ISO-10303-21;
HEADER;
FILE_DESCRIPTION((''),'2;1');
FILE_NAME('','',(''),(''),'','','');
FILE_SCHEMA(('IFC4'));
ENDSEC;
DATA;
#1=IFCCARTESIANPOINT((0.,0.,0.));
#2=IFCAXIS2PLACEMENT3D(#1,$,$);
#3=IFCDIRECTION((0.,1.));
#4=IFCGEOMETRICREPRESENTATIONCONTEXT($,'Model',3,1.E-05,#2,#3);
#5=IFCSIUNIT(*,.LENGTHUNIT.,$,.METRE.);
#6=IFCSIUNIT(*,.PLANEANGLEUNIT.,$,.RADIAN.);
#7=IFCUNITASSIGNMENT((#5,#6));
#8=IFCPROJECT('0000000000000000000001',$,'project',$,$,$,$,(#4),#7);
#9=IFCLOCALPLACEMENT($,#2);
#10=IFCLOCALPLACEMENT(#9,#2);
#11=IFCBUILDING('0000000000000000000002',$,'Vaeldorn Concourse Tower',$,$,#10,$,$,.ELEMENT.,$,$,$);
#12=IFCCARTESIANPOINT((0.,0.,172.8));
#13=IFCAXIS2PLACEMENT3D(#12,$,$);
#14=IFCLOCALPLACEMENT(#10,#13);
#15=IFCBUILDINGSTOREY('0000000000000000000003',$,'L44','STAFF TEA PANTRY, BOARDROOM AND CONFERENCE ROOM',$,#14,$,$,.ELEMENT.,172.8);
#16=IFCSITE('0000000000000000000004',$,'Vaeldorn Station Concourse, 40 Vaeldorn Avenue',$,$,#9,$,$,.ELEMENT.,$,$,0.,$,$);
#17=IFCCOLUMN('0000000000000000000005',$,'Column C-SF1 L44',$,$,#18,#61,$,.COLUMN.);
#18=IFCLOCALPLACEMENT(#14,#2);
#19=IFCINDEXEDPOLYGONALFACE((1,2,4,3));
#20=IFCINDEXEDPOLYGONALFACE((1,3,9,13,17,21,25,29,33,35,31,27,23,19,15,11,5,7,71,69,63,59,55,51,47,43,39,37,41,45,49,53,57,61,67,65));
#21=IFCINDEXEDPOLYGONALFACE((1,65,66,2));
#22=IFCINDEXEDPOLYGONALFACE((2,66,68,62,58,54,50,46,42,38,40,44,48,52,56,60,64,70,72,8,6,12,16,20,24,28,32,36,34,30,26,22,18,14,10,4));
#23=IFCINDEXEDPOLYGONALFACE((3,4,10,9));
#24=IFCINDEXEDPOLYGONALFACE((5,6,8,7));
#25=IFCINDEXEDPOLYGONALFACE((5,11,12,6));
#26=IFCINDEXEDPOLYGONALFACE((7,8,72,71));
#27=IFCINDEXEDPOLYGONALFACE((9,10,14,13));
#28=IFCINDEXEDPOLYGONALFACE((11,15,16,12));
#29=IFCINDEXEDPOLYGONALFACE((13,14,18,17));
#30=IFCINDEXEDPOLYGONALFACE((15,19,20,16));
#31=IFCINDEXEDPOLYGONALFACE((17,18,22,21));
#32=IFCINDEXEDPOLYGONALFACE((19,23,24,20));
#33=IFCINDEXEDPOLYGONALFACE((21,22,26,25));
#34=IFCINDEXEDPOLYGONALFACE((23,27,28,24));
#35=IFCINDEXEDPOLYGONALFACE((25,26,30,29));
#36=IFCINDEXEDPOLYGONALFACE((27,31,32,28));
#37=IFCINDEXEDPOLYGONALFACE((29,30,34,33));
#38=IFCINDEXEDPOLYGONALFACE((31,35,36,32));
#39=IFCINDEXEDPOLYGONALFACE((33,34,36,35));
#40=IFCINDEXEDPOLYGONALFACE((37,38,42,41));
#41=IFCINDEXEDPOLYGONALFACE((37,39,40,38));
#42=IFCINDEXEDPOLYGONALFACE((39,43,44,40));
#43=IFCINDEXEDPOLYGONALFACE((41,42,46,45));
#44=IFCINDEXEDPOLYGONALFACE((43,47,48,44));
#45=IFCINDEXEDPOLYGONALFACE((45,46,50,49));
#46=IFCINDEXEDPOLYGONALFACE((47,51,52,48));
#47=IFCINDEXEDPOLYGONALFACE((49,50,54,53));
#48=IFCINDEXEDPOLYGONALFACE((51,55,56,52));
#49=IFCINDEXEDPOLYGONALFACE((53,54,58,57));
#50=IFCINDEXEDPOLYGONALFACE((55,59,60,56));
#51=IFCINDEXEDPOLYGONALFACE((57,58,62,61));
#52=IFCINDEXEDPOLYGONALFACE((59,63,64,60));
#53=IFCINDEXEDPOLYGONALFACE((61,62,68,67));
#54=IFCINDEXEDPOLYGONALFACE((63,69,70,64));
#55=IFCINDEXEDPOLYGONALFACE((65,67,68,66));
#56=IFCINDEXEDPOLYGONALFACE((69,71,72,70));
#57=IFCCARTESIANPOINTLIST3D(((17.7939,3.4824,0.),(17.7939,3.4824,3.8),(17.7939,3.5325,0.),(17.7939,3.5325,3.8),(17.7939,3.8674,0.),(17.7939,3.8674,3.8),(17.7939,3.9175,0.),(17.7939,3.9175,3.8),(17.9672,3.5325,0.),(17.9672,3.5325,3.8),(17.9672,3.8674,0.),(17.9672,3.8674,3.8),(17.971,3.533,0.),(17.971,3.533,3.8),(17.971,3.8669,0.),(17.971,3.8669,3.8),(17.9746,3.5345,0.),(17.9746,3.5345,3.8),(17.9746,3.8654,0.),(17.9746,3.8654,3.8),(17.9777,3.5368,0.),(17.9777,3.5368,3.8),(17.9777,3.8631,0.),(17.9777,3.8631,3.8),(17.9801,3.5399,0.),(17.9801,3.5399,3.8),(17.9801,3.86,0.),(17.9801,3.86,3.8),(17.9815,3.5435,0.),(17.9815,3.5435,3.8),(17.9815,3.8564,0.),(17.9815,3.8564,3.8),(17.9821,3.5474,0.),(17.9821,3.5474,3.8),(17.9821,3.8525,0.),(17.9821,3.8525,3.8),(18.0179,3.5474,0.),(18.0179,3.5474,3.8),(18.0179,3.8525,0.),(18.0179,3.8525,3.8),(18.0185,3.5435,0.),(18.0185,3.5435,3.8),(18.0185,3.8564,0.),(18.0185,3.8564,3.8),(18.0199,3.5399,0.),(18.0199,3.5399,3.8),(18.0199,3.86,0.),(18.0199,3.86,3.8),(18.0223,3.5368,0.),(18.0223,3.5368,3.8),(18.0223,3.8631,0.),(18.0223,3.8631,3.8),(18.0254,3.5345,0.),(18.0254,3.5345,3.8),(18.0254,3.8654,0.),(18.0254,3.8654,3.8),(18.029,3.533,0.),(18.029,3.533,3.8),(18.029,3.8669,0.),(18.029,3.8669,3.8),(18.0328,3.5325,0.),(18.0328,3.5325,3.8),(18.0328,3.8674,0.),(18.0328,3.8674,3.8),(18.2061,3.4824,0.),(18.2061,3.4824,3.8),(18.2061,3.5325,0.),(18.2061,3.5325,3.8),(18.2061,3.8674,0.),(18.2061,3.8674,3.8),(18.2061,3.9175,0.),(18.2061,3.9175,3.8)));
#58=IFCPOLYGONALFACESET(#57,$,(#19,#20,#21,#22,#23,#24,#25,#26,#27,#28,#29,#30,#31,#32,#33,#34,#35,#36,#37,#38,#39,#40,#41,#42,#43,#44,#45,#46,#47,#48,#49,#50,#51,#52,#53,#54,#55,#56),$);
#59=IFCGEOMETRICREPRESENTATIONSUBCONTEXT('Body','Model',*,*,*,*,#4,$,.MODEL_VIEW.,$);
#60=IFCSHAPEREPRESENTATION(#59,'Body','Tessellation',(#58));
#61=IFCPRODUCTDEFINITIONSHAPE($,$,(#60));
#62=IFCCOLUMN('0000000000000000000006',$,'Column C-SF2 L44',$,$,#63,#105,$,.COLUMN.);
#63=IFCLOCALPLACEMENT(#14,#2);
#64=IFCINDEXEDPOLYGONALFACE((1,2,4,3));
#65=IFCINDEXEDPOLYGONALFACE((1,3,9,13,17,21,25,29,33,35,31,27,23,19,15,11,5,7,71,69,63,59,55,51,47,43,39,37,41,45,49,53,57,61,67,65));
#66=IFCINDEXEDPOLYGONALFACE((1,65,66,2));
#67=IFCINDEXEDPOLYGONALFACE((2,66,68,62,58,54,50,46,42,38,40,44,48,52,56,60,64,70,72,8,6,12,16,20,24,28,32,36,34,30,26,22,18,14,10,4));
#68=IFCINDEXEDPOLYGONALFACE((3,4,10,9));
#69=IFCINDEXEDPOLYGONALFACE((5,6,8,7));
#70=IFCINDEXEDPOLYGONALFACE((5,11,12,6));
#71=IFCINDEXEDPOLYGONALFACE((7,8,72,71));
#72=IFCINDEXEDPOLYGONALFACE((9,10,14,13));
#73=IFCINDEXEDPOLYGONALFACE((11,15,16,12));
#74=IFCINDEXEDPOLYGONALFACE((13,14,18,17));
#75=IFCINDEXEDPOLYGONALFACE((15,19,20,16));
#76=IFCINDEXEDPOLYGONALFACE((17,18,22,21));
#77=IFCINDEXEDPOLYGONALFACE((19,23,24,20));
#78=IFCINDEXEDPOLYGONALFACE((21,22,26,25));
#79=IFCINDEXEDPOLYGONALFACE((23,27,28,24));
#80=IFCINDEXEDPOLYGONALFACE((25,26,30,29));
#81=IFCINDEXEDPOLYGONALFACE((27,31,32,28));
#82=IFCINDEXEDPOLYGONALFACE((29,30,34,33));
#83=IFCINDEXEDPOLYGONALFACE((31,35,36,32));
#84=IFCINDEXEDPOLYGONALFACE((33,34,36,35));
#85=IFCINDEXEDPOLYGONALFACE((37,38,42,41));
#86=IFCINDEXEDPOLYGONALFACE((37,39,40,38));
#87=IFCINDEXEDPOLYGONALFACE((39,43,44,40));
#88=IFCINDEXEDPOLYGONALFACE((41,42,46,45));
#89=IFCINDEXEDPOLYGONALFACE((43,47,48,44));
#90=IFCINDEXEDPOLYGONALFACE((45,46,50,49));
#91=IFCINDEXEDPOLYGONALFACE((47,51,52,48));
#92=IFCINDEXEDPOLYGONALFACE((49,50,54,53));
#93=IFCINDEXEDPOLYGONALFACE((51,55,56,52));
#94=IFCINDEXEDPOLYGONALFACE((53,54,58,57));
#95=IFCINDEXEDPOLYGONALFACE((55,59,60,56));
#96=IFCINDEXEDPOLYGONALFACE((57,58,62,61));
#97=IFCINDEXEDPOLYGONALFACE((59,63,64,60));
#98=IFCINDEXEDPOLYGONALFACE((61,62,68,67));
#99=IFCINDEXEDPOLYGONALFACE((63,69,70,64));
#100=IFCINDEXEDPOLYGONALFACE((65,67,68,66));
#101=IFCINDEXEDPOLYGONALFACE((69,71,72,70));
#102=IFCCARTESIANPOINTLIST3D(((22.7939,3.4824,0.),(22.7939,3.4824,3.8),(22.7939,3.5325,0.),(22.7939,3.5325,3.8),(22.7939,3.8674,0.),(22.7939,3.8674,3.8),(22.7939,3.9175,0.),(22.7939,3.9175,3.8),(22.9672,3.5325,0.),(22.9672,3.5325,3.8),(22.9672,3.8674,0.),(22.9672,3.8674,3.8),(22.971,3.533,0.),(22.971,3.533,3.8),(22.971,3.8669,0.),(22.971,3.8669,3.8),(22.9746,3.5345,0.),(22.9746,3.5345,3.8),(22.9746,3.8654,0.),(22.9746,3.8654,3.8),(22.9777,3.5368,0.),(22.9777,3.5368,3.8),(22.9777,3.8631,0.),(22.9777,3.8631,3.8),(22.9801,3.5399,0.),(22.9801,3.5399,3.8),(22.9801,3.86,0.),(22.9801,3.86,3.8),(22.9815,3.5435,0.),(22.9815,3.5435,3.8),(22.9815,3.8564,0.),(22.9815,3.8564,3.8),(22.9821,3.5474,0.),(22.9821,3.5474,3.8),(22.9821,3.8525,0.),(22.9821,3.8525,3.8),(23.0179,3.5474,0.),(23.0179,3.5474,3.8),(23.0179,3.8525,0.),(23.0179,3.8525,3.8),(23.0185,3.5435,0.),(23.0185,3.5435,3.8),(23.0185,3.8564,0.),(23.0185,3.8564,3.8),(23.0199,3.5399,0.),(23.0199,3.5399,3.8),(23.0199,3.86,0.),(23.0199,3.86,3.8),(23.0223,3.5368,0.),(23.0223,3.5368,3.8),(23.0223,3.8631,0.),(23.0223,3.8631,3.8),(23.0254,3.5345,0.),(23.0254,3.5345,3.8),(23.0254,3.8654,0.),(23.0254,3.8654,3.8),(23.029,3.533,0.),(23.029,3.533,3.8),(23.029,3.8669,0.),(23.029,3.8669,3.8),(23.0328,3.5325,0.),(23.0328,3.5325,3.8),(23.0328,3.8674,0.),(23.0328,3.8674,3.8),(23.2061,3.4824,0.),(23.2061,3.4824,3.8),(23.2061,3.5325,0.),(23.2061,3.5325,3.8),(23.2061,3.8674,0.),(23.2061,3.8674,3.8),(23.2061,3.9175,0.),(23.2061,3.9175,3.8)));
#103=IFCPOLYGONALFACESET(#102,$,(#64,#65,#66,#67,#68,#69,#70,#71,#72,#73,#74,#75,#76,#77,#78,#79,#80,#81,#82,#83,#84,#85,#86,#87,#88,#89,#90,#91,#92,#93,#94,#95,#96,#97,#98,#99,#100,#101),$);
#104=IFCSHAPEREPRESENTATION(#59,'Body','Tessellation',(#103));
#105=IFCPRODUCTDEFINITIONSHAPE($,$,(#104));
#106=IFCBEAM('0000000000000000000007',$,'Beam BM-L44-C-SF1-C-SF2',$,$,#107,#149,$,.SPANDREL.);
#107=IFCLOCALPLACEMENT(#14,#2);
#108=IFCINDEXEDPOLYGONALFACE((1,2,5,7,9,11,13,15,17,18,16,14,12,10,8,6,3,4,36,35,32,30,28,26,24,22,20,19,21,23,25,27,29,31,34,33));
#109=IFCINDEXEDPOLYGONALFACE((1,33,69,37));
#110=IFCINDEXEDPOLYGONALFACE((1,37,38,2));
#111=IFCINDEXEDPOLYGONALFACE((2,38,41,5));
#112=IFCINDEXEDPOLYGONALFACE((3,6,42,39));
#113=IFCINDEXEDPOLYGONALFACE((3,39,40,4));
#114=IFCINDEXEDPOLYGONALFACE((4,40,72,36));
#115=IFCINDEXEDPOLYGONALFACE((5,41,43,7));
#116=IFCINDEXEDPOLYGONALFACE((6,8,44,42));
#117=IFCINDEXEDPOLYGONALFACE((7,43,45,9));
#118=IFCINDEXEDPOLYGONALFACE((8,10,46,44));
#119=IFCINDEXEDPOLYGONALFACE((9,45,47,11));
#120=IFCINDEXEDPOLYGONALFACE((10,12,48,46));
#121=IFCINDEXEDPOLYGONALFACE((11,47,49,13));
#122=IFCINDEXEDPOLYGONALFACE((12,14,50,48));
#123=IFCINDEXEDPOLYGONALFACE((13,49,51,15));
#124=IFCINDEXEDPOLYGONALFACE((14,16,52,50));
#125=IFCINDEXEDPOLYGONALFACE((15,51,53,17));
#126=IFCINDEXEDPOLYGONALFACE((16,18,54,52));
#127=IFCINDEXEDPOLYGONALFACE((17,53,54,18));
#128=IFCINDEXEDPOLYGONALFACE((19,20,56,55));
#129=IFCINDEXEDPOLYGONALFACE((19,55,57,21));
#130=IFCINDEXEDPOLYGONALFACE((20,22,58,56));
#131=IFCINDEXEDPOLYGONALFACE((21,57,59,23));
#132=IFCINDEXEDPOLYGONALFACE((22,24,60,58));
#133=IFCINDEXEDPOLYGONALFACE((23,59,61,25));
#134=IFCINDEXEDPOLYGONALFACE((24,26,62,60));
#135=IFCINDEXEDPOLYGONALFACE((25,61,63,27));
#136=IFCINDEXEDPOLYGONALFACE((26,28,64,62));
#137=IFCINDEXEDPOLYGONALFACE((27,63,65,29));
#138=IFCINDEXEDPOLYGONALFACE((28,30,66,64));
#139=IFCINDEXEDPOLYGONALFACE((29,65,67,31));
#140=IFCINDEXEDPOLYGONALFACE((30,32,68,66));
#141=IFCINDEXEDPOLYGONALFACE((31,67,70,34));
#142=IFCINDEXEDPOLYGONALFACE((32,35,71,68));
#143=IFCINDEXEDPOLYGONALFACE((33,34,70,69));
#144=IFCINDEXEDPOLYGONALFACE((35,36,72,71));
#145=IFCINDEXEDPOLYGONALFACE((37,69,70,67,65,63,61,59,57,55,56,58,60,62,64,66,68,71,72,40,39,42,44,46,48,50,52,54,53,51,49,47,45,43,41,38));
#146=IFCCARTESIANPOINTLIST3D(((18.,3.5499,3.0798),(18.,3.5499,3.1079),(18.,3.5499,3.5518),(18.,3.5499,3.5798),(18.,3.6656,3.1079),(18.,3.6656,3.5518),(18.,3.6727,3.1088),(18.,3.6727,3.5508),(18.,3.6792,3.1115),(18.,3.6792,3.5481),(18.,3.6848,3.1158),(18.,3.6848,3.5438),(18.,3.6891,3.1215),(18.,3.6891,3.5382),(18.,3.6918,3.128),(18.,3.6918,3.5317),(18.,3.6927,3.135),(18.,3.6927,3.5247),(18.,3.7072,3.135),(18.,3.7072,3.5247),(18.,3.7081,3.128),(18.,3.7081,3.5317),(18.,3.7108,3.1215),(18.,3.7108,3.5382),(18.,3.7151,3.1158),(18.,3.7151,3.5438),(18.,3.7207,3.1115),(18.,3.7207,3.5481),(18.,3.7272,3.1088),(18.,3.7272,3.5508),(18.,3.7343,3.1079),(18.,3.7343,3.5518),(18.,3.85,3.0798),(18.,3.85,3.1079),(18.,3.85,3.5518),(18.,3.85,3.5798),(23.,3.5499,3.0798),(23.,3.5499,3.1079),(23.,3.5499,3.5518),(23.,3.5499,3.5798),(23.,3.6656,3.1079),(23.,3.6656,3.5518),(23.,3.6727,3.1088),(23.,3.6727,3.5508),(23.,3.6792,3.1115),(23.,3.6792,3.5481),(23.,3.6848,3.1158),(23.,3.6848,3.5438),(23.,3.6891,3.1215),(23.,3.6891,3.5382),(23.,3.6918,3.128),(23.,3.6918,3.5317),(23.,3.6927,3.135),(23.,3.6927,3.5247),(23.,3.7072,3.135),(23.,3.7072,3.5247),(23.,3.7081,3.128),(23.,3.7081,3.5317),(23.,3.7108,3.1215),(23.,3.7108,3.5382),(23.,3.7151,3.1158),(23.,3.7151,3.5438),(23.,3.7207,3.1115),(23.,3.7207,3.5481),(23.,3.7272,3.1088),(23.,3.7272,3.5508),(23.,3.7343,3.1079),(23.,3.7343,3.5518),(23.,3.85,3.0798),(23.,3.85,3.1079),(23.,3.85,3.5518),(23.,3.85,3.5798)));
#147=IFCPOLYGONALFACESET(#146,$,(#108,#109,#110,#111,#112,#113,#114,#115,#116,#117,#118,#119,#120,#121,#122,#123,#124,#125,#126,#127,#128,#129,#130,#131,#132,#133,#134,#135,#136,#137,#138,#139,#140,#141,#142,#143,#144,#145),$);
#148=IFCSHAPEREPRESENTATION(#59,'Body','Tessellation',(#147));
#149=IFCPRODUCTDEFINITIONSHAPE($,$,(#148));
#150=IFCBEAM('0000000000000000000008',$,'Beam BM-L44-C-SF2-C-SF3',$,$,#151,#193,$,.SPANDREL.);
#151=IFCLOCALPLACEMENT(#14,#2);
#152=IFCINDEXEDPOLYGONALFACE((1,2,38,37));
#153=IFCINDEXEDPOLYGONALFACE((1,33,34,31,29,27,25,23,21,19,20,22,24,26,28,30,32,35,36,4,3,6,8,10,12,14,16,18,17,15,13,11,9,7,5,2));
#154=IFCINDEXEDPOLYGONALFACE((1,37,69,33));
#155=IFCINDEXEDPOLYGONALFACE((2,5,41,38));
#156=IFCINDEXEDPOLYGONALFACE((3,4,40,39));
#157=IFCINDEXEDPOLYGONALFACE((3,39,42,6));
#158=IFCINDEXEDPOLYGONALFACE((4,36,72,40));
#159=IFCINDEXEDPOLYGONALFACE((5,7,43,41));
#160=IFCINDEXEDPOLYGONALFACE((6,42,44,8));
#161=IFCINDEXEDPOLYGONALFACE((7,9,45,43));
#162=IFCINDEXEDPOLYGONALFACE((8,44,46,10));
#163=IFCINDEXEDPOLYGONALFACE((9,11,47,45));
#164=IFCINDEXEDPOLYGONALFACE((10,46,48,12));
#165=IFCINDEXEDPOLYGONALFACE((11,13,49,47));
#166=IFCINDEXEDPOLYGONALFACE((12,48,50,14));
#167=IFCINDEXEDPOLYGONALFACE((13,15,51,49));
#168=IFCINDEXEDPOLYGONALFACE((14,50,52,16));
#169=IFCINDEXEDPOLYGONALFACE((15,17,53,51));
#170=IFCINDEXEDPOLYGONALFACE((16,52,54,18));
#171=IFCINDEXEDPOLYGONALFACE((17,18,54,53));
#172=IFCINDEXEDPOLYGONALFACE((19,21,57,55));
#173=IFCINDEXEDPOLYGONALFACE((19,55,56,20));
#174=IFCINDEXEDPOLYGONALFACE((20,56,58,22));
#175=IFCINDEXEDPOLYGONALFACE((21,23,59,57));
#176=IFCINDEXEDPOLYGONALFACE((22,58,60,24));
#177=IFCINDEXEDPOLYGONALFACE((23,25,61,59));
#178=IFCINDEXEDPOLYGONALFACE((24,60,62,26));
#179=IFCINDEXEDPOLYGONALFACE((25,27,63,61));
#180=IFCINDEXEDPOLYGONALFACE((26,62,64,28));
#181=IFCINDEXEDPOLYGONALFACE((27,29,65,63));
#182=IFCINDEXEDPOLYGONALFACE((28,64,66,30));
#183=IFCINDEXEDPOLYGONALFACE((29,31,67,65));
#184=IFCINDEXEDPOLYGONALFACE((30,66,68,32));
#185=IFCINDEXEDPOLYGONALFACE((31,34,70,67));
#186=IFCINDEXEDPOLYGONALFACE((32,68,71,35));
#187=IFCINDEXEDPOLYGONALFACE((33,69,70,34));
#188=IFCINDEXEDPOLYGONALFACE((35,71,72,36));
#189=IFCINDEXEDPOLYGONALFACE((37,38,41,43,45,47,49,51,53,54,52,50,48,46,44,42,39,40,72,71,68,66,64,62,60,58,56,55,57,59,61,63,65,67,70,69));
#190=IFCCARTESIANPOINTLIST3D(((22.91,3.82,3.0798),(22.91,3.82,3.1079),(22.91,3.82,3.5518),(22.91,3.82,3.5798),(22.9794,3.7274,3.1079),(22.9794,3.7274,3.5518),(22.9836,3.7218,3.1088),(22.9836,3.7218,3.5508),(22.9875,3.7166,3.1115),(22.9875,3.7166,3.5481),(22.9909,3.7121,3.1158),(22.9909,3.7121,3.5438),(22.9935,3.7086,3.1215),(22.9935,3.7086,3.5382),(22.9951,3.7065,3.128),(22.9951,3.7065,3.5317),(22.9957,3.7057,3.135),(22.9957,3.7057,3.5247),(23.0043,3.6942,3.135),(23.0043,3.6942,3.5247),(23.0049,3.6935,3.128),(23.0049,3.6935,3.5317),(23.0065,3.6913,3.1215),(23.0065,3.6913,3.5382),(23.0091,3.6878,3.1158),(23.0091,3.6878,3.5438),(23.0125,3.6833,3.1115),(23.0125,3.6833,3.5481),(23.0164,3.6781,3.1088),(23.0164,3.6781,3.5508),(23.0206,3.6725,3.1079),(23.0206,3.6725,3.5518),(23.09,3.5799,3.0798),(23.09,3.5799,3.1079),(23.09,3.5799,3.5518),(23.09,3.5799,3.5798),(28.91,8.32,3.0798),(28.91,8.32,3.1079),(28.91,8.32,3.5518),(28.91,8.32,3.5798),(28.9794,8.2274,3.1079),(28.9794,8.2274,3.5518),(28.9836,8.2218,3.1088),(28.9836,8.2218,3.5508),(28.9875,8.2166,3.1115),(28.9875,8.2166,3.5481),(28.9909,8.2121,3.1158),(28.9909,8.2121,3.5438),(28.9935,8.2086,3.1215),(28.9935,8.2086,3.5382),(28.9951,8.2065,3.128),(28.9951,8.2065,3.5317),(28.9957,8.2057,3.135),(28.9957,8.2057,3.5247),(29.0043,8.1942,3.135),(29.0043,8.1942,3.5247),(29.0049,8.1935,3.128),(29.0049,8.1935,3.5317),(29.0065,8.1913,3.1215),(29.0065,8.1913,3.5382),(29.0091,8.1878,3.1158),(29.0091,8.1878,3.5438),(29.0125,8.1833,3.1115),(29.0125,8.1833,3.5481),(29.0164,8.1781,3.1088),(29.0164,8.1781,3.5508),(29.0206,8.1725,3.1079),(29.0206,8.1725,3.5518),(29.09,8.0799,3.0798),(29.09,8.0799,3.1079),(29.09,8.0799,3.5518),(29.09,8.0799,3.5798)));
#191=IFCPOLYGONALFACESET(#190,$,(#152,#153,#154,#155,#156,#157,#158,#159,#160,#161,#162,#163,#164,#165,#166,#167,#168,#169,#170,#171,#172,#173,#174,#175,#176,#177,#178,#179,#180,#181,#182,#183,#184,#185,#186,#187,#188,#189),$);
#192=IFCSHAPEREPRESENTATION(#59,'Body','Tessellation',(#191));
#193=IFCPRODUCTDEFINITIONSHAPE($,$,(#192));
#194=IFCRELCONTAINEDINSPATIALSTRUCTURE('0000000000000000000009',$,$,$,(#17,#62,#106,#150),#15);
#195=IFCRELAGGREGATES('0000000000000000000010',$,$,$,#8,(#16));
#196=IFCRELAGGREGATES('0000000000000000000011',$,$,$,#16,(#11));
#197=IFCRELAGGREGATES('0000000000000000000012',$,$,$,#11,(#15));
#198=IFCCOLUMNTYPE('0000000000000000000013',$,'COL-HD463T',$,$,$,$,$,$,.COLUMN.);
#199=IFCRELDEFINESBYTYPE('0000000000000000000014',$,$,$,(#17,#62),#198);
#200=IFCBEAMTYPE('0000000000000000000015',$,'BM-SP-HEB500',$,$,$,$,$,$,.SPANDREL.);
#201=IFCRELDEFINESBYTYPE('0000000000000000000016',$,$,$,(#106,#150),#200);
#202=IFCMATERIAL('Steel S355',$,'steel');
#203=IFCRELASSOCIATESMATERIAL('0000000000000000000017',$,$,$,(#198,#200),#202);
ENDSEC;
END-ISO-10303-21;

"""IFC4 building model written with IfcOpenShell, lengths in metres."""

from ifc_helpers import new_model, si_unit, direction, frame, origin, origin_2d, place, context, subcontext, project, spatial, i_section, extrude, source, transform, mapped, material, material_profile, profile_set, type_object, element, save


model = new_model("IFC4")

# Units and contexts
model_context = context("Model", 3, precision=1e-05, world=origin(), true_north=direction((0.0, 1.0)))
body_context = subcontext(model_context, "Body", "Model", "MODEL_VIEW")
ifc_project = project(units=[si_unit("LENGTHUNIT", "METRE"), si_unit("PLANEANGLEUNIT", "RADIAN")], contexts=[model_context])

# Site, building, storey
site_placement = place(None, origin())
site = spatial("IfcSite", under=ifc_project, at=site_placement, Name="Vaeldorn Station Concourse, 40 Vaeldorn Avenue", CompositionType="ELEMENT", RefElevation=0.0)
building_placement = place(site_placement, origin())
building = spatial("IfcBuilding", under=site, at=building_placement, Name="Vaeldorn Concourse Tower", CompositionType="ELEMENT")
storey_placement = place(building_placement, frame((0.0, 0.0, 172.8)))
storey = spatial("IfcBuildingStorey", under=building, at=storey_placement, Name="L44", Description="STAFF TEA PANTRY, BOARDROOM AND CONFERENCE ROOM", CompositionType="ELEMENT", Elevation=172.8)

# Columns
ifc_material_1 = material(Name="Steel S355", Category="steel")
ifc_material_profile_1 = material_profile(ifc_material_1, i_section(OverallWidth=0.4121, OverallDepth=0.4351, WebThickness=0.0359, FlangeThickness=0.05, FilletRadius=0.0149, at=origin_2d()), Name="HD 400x463")
ifc_profile_set_1 = profile_set([ifc_material_profile_1], Name="Steel S355")
column_type = type_object("IfcColumnType", Name="COL-HD463T", PredefinedType="COLUMN", material=ifc_profile_set_1)
shared_shape_1 = source(origin(), body_context, "Body", "SweptSolid", [
    extrude(i_section(OverallWidth=0.4121, OverallDepth=0.4351, WebThickness=0.0359, FlangeThickness=0.05, FilletRadius=0.0149, at=origin_2d()), origin(), (0.0, 0.0, 1.0), 3.8),
])
for number, where, z_axis, x_axis, name in (
    (1, (18.0, 3.7, 0.0), (0.0, 0.0, 1.0), (1.0, 0.0, 0.0), "Column C-SF1 L44"),
    (2, (23.0, 3.7, 0.0), (0.0, 0.0, 1.0), (1.0, 0.0, 0.0), "Column C-SF2 L44"),
):
    element("IfcColumn", number, at=place(storey_placement, frame(where, z_axis=z_axis, x_axis=x_axis)), inside=storey, type_object=column_type, Name=name, PredefinedType="COLUMN", context=body_context, shape_type="MappedRepresentation", body=[
        mapped(shared_shape_1, transform((0.0, 0.0, 0.0), scale=1.0)),
    ])

# Beams
ifc_material_profile_2 = material_profile(ifc_material_1, i_section(OverallWidth=0.3, OverallDepth=0.5, WebThickness=0.0144, FlangeThickness=0.0281, FilletRadius=0.0271, at=origin_2d()), Name="HEB 500")
ifc_profile_set_2 = profile_set([ifc_material_profile_2], Name="Steel S355")
beam_type_1 = type_object("IfcBeamType", Name="BM-SP-HEB500", PredefinedType="SPANDREL", material=ifc_profile_set_2)
shared_shape_2 = source(origin(), body_context, "Body", "SweptSolid", [
    extrude(i_section(OverallWidth=0.3, OverallDepth=0.5, WebThickness=0.0144, FlangeThickness=0.0281, FilletRadius=0.0271, at=origin_2d()), origin(), (0.0, 0.0, 1.0), 5.0),
])
beam_1_placement = place(storey_placement, frame((18.0, 3.7, 3.3298), z_axis=(1.0, 0.0, 0.0), x_axis=(0.0, 1.0, 0.0)))
element("IfcBeam", 3, at=beam_1_placement, inside=storey, type_object=beam_type_1, Name="Beam BM-L44-C-SF1-C-SF2", PredefinedType="SPANDREL", context=body_context, shape_type="MappedRepresentation", body=[
    mapped(shared_shape_2, transform((0.0, 0.0, 0.0), scale=1.0)),
])
shared_shape_3 = source(origin(), body_context, "Body", "SweptSolid", [
    extrude(i_section(OverallWidth=0.3, OverallDepth=0.5, WebThickness=0.0144, FlangeThickness=0.0281, FilletRadius=0.0271, at=origin_2d()), origin(), (0.0, 0.0, 1.0), 7.5),
])
beam_2_placement = place(storey_placement, frame((23.0, 3.7, 3.3298), z_axis=(0.8, 0.6, 0.0), x_axis=(-0.6, 0.8, 0.0)))
element("IfcBeam", 4, at=beam_2_placement, inside=storey, type_object=beam_type_1, Name="Beam BM-L44-C-SF2-C-SF3", PredefinedType="SPANDREL", context=body_context, shape_type="MappedRepresentation", body=[
    mapped(shared_shape_3, transform((0.0, 0.0, 0.0), scale=1.0)),
])

save(model, "model.ifc")
